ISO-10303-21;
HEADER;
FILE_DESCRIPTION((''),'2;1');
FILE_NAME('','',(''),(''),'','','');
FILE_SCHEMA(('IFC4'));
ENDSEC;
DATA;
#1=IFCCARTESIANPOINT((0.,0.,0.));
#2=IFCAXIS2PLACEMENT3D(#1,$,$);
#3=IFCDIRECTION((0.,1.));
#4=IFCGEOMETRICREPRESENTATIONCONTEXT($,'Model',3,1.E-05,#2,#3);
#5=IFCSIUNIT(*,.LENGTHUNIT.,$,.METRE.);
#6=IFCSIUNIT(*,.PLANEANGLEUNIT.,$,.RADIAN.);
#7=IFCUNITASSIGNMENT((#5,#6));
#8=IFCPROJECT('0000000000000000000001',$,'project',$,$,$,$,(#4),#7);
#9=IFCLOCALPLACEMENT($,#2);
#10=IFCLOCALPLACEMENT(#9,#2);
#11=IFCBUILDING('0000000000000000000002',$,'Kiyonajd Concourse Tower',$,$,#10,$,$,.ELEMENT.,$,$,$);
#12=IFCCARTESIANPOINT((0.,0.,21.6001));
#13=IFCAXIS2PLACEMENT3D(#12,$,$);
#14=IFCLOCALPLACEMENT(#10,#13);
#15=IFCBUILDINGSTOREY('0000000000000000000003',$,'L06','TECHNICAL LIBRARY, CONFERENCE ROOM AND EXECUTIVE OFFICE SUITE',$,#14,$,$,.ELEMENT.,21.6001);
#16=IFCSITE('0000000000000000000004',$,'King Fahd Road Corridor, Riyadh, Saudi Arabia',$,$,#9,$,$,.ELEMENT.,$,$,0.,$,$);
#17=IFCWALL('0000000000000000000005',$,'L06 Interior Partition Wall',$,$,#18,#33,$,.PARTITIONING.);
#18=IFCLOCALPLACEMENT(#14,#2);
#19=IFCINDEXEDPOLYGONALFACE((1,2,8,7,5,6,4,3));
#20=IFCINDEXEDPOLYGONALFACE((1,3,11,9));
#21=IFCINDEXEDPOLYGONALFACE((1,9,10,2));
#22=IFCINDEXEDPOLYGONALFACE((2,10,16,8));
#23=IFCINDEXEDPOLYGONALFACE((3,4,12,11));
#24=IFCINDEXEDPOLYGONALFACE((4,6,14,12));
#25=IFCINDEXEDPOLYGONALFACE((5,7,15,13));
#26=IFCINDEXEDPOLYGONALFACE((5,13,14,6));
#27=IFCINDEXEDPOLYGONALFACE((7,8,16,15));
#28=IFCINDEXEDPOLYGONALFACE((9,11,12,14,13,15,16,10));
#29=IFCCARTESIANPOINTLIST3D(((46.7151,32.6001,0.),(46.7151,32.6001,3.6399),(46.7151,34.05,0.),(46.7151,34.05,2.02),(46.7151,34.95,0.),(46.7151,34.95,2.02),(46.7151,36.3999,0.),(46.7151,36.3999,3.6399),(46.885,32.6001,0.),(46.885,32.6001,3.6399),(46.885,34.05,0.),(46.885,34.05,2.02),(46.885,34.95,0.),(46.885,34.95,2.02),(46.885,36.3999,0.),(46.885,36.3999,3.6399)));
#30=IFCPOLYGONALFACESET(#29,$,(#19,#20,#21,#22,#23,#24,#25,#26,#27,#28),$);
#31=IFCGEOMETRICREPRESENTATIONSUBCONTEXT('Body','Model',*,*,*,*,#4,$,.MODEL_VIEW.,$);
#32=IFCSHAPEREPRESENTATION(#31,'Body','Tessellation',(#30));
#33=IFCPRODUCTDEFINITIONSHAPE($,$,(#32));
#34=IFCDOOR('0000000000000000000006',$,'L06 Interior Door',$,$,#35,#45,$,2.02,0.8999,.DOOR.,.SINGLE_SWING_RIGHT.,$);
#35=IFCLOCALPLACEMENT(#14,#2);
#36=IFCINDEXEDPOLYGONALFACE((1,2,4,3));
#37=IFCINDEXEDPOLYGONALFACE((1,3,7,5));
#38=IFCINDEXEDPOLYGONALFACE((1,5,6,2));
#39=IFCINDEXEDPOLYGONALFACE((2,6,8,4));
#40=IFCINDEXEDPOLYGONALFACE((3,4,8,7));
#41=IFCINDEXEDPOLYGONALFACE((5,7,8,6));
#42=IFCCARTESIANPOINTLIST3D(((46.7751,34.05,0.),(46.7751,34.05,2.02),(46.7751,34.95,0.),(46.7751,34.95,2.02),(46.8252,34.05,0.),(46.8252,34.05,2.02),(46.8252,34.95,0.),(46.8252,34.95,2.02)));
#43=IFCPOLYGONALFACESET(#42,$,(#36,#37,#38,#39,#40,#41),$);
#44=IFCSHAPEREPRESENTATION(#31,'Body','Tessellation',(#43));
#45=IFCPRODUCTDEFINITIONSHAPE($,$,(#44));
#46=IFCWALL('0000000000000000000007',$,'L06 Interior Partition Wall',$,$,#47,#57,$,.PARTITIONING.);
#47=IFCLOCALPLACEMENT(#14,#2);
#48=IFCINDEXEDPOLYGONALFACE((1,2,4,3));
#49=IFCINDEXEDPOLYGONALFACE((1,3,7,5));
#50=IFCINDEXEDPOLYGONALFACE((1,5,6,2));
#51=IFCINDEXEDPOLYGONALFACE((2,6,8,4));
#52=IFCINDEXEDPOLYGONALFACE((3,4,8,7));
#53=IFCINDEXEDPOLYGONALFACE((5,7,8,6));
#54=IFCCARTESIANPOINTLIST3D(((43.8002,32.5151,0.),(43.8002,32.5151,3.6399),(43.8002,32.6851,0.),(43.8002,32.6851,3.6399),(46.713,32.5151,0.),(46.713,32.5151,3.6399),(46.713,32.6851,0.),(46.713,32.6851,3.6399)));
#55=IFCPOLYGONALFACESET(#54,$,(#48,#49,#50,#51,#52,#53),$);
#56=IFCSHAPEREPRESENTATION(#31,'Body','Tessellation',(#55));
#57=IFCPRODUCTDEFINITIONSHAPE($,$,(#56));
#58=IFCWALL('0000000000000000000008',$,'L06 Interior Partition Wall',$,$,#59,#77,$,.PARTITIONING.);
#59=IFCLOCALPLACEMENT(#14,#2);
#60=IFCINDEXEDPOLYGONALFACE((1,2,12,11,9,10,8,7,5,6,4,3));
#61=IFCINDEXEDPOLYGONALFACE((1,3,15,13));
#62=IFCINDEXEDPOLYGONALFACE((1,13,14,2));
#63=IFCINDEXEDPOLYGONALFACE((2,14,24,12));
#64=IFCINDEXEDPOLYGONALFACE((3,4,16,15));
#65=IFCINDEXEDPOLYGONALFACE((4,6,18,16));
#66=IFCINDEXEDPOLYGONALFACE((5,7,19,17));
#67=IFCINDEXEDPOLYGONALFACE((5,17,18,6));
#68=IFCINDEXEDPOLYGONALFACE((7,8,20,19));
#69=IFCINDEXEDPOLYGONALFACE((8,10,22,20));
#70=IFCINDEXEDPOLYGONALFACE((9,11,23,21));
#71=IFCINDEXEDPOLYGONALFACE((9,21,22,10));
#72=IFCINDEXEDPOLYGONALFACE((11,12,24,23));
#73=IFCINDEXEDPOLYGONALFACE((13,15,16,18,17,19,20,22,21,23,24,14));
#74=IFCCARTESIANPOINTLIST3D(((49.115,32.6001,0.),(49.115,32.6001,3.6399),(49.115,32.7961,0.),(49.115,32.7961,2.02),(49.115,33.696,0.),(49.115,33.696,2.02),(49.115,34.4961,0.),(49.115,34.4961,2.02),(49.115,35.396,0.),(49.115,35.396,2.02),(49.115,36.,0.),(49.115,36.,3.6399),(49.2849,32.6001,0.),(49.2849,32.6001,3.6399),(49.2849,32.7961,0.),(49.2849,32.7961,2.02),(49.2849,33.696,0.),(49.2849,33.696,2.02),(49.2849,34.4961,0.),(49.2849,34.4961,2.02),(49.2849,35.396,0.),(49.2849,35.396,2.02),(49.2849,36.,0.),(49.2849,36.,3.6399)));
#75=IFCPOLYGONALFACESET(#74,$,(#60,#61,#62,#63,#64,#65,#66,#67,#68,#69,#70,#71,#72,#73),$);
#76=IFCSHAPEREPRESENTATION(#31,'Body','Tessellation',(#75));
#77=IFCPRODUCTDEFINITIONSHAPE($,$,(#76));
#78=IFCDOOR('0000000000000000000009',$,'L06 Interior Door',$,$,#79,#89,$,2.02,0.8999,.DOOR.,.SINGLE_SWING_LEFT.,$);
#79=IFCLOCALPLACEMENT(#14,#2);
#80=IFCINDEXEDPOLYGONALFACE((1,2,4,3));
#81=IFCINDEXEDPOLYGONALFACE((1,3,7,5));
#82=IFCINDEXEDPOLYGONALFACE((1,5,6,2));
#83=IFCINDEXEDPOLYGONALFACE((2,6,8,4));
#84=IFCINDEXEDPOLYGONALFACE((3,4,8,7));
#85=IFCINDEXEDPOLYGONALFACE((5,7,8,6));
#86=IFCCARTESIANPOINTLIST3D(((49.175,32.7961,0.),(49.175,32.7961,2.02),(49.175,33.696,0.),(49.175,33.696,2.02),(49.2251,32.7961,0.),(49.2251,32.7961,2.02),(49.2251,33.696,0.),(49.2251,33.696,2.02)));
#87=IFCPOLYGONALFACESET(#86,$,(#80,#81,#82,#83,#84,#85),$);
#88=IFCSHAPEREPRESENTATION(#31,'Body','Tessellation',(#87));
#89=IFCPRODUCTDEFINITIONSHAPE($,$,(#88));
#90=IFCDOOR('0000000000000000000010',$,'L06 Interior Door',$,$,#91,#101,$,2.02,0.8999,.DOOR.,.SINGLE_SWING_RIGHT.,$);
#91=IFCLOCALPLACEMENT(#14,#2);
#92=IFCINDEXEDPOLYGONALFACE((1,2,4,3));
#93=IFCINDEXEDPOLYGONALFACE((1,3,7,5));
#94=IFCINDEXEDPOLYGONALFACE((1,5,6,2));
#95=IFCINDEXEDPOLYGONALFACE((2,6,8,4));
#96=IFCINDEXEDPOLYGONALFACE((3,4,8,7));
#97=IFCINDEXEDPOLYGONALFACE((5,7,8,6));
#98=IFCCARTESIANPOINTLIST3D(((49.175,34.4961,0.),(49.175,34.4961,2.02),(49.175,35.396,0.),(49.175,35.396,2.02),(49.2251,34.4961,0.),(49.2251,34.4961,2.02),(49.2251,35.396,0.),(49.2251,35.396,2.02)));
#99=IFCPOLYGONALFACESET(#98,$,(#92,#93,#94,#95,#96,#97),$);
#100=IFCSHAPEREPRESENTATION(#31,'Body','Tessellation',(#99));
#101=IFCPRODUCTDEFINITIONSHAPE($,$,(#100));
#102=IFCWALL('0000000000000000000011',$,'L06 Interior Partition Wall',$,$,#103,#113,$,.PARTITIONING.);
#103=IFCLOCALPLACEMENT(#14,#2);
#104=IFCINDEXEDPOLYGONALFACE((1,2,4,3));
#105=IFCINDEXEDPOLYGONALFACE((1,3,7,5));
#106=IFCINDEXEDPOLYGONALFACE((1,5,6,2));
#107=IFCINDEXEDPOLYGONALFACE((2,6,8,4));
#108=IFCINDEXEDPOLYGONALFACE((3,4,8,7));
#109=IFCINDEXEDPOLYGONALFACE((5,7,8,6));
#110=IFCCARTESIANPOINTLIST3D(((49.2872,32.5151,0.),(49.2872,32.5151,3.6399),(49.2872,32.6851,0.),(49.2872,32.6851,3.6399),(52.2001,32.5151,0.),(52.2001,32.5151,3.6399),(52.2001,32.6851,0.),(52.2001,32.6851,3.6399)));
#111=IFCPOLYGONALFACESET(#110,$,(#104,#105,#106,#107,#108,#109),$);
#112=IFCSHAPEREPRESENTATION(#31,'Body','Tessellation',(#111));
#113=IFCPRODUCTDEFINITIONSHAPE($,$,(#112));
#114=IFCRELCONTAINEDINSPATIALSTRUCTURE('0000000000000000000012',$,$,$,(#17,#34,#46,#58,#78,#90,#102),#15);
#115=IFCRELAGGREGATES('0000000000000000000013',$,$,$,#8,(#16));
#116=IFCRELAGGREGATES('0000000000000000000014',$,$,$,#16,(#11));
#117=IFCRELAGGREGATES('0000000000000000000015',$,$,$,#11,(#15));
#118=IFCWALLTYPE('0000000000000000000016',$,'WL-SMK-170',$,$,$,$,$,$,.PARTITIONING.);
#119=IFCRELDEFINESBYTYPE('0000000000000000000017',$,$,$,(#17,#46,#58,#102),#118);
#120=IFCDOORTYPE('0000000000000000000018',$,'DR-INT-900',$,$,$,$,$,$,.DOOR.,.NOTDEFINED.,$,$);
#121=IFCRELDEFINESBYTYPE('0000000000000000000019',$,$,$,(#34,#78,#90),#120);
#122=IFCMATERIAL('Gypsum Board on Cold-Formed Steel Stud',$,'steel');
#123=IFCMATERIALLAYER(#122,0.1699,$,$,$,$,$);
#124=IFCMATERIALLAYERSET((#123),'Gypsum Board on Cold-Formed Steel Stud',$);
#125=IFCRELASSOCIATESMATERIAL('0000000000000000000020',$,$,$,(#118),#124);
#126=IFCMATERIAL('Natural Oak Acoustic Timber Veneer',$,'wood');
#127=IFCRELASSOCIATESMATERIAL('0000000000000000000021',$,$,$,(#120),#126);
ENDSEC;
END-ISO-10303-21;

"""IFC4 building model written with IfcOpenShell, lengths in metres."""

from ifc_helpers import new_model, si_unit, direction, frame, frame_2d, origin, place, context, subcontext, project, spatial, rectangle, extrude, material, layer, layer_set, type_object, element, fill, save


model = new_model("IFC4")

# Units and contexts
model_context = context("Model", 3, precision=1e-05, world=origin(), true_north=direction((0.0, 1.0)))
body_context = subcontext(model_context, "Body", "Model", "MODEL_VIEW")
ifc_project = project(units=[si_unit("LENGTHUNIT", "METRE"), si_unit("PLANEANGLEUNIT", "RADIAN")], contexts=[model_context])

# Site, building, storey
site_placement = place(None, origin())
site = spatial("IfcSite", under=ifc_project, at=site_placement, Name="King Fahd Road Corridor, Riyadh, Saudi Arabia", CompositionType="ELEMENT", RefElevation=0.0)
building_placement = place(site_placement, origin())
building = spatial("IfcBuilding", under=site, at=building_placement, Name="Kiyonajd Concourse Tower", CompositionType="ELEMENT")
storey_placement = place(building_placement, frame((0.0, 0.0, 21.6001)))
storey = spatial("IfcBuildingStorey", under=building, at=storey_placement, Name="L06", Description="TECHNICAL LIBRARY, CONFERENCE ROOM AND EXECUTIVE OFFICE SUITE", CompositionType="ELEMENT", Elevation=21.6001)

# Shared definitions
ifc_material_1 = material(Name="Gypsum Board on Cold-Formed Steel Stud", Category="steel")

# Wall, opening, door
ifc_layer_1 = layer(ifc_material_1, 0.1699)
ifc_layer_set_1 = layer_set([ifc_layer_1], Name="Gypsum Board on Cold-Formed Steel Stud")
wall_type_1 = type_object("IfcWallType", Name="WL-SMK-170", PredefinedType="PARTITIONING", material=ifc_layer_set_1)
wall_1_placement = place(storey_placement, frame((46.8, 32.6001, 0.0), z_axis=(0.0, 0.0, 1.0), x_axis=(0.0, 1.0, 0.0)))
wall_1 = element("IfcWall", 1, at=wall_1_placement, inside=storey, type_object=wall_type_1, Name="L06 Interior Partition Wall", PredefinedType="PARTITIONING", context=body_context, shape_type="SweptSolid", body=[
    extrude(rectangle(XDim=3.7998, YDim=0.1699, at=frame_2d((1.8999, 0.0))), origin(), (0.0, 0.0, 1.0), 3.6399),
])
opening_1_placement = place(wall_1_placement, frame((1.45, 0.0, 0.0)))
opening_1 = element("IfcOpeningElement", 2, at=opening_1_placement, cuts=wall_1, PredefinedType="OPENING", context=body_context, shape_type="SweptSolid", body=[
    extrude(rectangle(XDim=0.8999, YDim=2.02, at=frame_2d((0.45, 1.01))), frame((0.0, 0.095, 0.0), z_axis=(0.0, -1.0, 0.0), x_axis=(1.0, 0.0, 0.0)), (0.0, 0.0, 1.0), 0.1899),
])
ifc_material_2 = material(Name="Natural Oak Acoustic Timber Veneer", Category="wood")
door_type_1 = type_object("IfcDoorType", Name="DR-INT-900", OperationType="NOTDEFINED", PredefinedType="DOOR", material=ifc_material_2)
door_1_placement = place(opening_1_placement, origin())
door_1 = element("IfcDoor", 3, at=door_1_placement, inside=storey, type_object=door_type_1, Name="L06 Interior Door", OperationType="SINGLE_SWING_RIGHT", OverallHeight=2.02, OverallWidth=0.8999, PredefinedType="DOOR", context=body_context, shape_type="SweptSolid", body=[
    extrude(rectangle(XDim=0.8999, YDim=2.02, at=frame_2d((0.45, 1.01))), frame((0.0, 0.0249, 0.0), z_axis=(0.0, -1.0, 0.0), x_axis=(1.0, 0.0, 0.0)), (0.0, 0.0, 1.0), 0.05),
])
fill(opening_1, door_1)

# Wall
wall_2_placement = place(storey_placement, frame((43.8, 32.6001, 0.0), z_axis=(0.0, 0.0, 1.0), x_axis=(1.0, 0.0, 0.0)))
element("IfcWall", 4, at=wall_2_placement, inside=storey, type_object=wall_type_1, Name="L06 Interior Partition Wall", PredefinedType="PARTITIONING", context=body_context, shape_type="SweptSolid", body=[
    extrude(rectangle(XDim=2.9128, YDim=0.1699, at=frame_2d((1.4565, 0.0))), origin(), (0.0, 0.0, 1.0), 3.6399),
])

# Wall, openings, doors
wall_3_placement = place(storey_placement, frame((49.2, 32.6001, 0.0), z_axis=(0.0, 0.0, 1.0), x_axis=(0.0, 1.0, 0.0)))
wall_3 = element("IfcWall", 5, at=wall_3_placement, inside=storey, type_object=wall_type_1, Name="L06 Interior Partition Wall", PredefinedType="PARTITIONING", context=body_context, shape_type="SweptSolid", body=[
    extrude(rectangle(XDim=3.3999, YDim=0.1699, at=frame_2d((1.7, 0.0))), origin(), (0.0, 0.0, 1.0), 3.6399),
])
opening_2_placement = place(wall_3_placement, frame((0.196, 0.0, 0.0)))
opening_2 = element("IfcOpeningElement", 6, at=opening_2_placement, cuts=wall_3, PredefinedType="OPENING", context=body_context, shape_type="SweptSolid", body=[
    extrude(rectangle(XDim=0.8999, YDim=2.02, at=frame_2d((0.45, 1.01))), frame((0.0, 0.095, 0.0), z_axis=(0.0, -1.0, 0.0), x_axis=(1.0, 0.0, 0.0)), (0.0, 0.0, 1.0), 0.1899),
])
opening_3_placement = place(wall_3_placement, frame((1.896, 0.0, 0.0)))
opening_3 = element("IfcOpeningElement", 7, at=opening_3_placement, cuts=wall_3, PredefinedType="OPENING", context=body_context, shape_type="SweptSolid", body=[
    extrude(rectangle(XDim=0.8999, YDim=2.02, at=frame_2d((0.45, 1.01))), frame((0.0, 0.095, 0.0), z_axis=(0.0, -1.0, 0.0), x_axis=(1.0, 0.0, 0.0)), (0.0, 0.0, 1.0), 0.1899),
])
door_2_placement = place(opening_2_placement, origin())
door_2 = element("IfcDoor", 8, at=door_2_placement, inside=storey, type_object=door_type_1, Name="L06 Interior Door", OperationType="SINGLE_SWING_LEFT", OverallHeight=2.02, OverallWidth=0.8999, PredefinedType="DOOR", context=body_context, shape_type="SweptSolid", body=[
    extrude(rectangle(XDim=0.8999, YDim=2.02, at=frame_2d((0.45, 1.01))), frame((0.0, 0.0249, 0.0), z_axis=(0.0, -1.0, 0.0), x_axis=(1.0, 0.0, 0.0)), (0.0, 0.0, 1.0), 0.05),
])
fill(opening_2, door_2)
door_3_placement = place(opening_3_placement, origin())
door_3 = element("IfcDoor", 9, at=door_3_placement, inside=storey, type_object=door_type_1, Name="L06 Interior Door", OperationType="SINGLE_SWING_RIGHT", OverallHeight=2.02, OverallWidth=0.8999, PredefinedType="DOOR", context=body_context, shape_type="SweptSolid", body=[
    extrude(rectangle(XDim=0.8999, YDim=2.02, at=frame_2d((0.45, 1.01))), frame((0.0, 0.0249, 0.0), z_axis=(0.0, -1.0, 0.0), x_axis=(1.0, 0.0, 0.0)), (0.0, 0.0, 1.0), 0.05),
])
fill(opening_3, door_3)

# Wall
wall_4_placement = place(storey_placement, frame((49.2871, 32.6001, 0.0), z_axis=(0.0, 0.0, 1.0), x_axis=(1.0, 0.0, 0.0)))
element("IfcWall", 10, at=wall_4_placement, inside=storey, type_object=wall_type_1, Name="L06 Interior Partition Wall", PredefinedType="PARTITIONING", context=body_context, shape_type="SweptSolid", body=[
    extrude(rectangle(XDim=2.9128, YDim=0.1699, at=frame_2d((1.4565, 0.0))), origin(), (0.0, 0.0, 1.0), 3.6399),
])

save(model, "model.ifc")
